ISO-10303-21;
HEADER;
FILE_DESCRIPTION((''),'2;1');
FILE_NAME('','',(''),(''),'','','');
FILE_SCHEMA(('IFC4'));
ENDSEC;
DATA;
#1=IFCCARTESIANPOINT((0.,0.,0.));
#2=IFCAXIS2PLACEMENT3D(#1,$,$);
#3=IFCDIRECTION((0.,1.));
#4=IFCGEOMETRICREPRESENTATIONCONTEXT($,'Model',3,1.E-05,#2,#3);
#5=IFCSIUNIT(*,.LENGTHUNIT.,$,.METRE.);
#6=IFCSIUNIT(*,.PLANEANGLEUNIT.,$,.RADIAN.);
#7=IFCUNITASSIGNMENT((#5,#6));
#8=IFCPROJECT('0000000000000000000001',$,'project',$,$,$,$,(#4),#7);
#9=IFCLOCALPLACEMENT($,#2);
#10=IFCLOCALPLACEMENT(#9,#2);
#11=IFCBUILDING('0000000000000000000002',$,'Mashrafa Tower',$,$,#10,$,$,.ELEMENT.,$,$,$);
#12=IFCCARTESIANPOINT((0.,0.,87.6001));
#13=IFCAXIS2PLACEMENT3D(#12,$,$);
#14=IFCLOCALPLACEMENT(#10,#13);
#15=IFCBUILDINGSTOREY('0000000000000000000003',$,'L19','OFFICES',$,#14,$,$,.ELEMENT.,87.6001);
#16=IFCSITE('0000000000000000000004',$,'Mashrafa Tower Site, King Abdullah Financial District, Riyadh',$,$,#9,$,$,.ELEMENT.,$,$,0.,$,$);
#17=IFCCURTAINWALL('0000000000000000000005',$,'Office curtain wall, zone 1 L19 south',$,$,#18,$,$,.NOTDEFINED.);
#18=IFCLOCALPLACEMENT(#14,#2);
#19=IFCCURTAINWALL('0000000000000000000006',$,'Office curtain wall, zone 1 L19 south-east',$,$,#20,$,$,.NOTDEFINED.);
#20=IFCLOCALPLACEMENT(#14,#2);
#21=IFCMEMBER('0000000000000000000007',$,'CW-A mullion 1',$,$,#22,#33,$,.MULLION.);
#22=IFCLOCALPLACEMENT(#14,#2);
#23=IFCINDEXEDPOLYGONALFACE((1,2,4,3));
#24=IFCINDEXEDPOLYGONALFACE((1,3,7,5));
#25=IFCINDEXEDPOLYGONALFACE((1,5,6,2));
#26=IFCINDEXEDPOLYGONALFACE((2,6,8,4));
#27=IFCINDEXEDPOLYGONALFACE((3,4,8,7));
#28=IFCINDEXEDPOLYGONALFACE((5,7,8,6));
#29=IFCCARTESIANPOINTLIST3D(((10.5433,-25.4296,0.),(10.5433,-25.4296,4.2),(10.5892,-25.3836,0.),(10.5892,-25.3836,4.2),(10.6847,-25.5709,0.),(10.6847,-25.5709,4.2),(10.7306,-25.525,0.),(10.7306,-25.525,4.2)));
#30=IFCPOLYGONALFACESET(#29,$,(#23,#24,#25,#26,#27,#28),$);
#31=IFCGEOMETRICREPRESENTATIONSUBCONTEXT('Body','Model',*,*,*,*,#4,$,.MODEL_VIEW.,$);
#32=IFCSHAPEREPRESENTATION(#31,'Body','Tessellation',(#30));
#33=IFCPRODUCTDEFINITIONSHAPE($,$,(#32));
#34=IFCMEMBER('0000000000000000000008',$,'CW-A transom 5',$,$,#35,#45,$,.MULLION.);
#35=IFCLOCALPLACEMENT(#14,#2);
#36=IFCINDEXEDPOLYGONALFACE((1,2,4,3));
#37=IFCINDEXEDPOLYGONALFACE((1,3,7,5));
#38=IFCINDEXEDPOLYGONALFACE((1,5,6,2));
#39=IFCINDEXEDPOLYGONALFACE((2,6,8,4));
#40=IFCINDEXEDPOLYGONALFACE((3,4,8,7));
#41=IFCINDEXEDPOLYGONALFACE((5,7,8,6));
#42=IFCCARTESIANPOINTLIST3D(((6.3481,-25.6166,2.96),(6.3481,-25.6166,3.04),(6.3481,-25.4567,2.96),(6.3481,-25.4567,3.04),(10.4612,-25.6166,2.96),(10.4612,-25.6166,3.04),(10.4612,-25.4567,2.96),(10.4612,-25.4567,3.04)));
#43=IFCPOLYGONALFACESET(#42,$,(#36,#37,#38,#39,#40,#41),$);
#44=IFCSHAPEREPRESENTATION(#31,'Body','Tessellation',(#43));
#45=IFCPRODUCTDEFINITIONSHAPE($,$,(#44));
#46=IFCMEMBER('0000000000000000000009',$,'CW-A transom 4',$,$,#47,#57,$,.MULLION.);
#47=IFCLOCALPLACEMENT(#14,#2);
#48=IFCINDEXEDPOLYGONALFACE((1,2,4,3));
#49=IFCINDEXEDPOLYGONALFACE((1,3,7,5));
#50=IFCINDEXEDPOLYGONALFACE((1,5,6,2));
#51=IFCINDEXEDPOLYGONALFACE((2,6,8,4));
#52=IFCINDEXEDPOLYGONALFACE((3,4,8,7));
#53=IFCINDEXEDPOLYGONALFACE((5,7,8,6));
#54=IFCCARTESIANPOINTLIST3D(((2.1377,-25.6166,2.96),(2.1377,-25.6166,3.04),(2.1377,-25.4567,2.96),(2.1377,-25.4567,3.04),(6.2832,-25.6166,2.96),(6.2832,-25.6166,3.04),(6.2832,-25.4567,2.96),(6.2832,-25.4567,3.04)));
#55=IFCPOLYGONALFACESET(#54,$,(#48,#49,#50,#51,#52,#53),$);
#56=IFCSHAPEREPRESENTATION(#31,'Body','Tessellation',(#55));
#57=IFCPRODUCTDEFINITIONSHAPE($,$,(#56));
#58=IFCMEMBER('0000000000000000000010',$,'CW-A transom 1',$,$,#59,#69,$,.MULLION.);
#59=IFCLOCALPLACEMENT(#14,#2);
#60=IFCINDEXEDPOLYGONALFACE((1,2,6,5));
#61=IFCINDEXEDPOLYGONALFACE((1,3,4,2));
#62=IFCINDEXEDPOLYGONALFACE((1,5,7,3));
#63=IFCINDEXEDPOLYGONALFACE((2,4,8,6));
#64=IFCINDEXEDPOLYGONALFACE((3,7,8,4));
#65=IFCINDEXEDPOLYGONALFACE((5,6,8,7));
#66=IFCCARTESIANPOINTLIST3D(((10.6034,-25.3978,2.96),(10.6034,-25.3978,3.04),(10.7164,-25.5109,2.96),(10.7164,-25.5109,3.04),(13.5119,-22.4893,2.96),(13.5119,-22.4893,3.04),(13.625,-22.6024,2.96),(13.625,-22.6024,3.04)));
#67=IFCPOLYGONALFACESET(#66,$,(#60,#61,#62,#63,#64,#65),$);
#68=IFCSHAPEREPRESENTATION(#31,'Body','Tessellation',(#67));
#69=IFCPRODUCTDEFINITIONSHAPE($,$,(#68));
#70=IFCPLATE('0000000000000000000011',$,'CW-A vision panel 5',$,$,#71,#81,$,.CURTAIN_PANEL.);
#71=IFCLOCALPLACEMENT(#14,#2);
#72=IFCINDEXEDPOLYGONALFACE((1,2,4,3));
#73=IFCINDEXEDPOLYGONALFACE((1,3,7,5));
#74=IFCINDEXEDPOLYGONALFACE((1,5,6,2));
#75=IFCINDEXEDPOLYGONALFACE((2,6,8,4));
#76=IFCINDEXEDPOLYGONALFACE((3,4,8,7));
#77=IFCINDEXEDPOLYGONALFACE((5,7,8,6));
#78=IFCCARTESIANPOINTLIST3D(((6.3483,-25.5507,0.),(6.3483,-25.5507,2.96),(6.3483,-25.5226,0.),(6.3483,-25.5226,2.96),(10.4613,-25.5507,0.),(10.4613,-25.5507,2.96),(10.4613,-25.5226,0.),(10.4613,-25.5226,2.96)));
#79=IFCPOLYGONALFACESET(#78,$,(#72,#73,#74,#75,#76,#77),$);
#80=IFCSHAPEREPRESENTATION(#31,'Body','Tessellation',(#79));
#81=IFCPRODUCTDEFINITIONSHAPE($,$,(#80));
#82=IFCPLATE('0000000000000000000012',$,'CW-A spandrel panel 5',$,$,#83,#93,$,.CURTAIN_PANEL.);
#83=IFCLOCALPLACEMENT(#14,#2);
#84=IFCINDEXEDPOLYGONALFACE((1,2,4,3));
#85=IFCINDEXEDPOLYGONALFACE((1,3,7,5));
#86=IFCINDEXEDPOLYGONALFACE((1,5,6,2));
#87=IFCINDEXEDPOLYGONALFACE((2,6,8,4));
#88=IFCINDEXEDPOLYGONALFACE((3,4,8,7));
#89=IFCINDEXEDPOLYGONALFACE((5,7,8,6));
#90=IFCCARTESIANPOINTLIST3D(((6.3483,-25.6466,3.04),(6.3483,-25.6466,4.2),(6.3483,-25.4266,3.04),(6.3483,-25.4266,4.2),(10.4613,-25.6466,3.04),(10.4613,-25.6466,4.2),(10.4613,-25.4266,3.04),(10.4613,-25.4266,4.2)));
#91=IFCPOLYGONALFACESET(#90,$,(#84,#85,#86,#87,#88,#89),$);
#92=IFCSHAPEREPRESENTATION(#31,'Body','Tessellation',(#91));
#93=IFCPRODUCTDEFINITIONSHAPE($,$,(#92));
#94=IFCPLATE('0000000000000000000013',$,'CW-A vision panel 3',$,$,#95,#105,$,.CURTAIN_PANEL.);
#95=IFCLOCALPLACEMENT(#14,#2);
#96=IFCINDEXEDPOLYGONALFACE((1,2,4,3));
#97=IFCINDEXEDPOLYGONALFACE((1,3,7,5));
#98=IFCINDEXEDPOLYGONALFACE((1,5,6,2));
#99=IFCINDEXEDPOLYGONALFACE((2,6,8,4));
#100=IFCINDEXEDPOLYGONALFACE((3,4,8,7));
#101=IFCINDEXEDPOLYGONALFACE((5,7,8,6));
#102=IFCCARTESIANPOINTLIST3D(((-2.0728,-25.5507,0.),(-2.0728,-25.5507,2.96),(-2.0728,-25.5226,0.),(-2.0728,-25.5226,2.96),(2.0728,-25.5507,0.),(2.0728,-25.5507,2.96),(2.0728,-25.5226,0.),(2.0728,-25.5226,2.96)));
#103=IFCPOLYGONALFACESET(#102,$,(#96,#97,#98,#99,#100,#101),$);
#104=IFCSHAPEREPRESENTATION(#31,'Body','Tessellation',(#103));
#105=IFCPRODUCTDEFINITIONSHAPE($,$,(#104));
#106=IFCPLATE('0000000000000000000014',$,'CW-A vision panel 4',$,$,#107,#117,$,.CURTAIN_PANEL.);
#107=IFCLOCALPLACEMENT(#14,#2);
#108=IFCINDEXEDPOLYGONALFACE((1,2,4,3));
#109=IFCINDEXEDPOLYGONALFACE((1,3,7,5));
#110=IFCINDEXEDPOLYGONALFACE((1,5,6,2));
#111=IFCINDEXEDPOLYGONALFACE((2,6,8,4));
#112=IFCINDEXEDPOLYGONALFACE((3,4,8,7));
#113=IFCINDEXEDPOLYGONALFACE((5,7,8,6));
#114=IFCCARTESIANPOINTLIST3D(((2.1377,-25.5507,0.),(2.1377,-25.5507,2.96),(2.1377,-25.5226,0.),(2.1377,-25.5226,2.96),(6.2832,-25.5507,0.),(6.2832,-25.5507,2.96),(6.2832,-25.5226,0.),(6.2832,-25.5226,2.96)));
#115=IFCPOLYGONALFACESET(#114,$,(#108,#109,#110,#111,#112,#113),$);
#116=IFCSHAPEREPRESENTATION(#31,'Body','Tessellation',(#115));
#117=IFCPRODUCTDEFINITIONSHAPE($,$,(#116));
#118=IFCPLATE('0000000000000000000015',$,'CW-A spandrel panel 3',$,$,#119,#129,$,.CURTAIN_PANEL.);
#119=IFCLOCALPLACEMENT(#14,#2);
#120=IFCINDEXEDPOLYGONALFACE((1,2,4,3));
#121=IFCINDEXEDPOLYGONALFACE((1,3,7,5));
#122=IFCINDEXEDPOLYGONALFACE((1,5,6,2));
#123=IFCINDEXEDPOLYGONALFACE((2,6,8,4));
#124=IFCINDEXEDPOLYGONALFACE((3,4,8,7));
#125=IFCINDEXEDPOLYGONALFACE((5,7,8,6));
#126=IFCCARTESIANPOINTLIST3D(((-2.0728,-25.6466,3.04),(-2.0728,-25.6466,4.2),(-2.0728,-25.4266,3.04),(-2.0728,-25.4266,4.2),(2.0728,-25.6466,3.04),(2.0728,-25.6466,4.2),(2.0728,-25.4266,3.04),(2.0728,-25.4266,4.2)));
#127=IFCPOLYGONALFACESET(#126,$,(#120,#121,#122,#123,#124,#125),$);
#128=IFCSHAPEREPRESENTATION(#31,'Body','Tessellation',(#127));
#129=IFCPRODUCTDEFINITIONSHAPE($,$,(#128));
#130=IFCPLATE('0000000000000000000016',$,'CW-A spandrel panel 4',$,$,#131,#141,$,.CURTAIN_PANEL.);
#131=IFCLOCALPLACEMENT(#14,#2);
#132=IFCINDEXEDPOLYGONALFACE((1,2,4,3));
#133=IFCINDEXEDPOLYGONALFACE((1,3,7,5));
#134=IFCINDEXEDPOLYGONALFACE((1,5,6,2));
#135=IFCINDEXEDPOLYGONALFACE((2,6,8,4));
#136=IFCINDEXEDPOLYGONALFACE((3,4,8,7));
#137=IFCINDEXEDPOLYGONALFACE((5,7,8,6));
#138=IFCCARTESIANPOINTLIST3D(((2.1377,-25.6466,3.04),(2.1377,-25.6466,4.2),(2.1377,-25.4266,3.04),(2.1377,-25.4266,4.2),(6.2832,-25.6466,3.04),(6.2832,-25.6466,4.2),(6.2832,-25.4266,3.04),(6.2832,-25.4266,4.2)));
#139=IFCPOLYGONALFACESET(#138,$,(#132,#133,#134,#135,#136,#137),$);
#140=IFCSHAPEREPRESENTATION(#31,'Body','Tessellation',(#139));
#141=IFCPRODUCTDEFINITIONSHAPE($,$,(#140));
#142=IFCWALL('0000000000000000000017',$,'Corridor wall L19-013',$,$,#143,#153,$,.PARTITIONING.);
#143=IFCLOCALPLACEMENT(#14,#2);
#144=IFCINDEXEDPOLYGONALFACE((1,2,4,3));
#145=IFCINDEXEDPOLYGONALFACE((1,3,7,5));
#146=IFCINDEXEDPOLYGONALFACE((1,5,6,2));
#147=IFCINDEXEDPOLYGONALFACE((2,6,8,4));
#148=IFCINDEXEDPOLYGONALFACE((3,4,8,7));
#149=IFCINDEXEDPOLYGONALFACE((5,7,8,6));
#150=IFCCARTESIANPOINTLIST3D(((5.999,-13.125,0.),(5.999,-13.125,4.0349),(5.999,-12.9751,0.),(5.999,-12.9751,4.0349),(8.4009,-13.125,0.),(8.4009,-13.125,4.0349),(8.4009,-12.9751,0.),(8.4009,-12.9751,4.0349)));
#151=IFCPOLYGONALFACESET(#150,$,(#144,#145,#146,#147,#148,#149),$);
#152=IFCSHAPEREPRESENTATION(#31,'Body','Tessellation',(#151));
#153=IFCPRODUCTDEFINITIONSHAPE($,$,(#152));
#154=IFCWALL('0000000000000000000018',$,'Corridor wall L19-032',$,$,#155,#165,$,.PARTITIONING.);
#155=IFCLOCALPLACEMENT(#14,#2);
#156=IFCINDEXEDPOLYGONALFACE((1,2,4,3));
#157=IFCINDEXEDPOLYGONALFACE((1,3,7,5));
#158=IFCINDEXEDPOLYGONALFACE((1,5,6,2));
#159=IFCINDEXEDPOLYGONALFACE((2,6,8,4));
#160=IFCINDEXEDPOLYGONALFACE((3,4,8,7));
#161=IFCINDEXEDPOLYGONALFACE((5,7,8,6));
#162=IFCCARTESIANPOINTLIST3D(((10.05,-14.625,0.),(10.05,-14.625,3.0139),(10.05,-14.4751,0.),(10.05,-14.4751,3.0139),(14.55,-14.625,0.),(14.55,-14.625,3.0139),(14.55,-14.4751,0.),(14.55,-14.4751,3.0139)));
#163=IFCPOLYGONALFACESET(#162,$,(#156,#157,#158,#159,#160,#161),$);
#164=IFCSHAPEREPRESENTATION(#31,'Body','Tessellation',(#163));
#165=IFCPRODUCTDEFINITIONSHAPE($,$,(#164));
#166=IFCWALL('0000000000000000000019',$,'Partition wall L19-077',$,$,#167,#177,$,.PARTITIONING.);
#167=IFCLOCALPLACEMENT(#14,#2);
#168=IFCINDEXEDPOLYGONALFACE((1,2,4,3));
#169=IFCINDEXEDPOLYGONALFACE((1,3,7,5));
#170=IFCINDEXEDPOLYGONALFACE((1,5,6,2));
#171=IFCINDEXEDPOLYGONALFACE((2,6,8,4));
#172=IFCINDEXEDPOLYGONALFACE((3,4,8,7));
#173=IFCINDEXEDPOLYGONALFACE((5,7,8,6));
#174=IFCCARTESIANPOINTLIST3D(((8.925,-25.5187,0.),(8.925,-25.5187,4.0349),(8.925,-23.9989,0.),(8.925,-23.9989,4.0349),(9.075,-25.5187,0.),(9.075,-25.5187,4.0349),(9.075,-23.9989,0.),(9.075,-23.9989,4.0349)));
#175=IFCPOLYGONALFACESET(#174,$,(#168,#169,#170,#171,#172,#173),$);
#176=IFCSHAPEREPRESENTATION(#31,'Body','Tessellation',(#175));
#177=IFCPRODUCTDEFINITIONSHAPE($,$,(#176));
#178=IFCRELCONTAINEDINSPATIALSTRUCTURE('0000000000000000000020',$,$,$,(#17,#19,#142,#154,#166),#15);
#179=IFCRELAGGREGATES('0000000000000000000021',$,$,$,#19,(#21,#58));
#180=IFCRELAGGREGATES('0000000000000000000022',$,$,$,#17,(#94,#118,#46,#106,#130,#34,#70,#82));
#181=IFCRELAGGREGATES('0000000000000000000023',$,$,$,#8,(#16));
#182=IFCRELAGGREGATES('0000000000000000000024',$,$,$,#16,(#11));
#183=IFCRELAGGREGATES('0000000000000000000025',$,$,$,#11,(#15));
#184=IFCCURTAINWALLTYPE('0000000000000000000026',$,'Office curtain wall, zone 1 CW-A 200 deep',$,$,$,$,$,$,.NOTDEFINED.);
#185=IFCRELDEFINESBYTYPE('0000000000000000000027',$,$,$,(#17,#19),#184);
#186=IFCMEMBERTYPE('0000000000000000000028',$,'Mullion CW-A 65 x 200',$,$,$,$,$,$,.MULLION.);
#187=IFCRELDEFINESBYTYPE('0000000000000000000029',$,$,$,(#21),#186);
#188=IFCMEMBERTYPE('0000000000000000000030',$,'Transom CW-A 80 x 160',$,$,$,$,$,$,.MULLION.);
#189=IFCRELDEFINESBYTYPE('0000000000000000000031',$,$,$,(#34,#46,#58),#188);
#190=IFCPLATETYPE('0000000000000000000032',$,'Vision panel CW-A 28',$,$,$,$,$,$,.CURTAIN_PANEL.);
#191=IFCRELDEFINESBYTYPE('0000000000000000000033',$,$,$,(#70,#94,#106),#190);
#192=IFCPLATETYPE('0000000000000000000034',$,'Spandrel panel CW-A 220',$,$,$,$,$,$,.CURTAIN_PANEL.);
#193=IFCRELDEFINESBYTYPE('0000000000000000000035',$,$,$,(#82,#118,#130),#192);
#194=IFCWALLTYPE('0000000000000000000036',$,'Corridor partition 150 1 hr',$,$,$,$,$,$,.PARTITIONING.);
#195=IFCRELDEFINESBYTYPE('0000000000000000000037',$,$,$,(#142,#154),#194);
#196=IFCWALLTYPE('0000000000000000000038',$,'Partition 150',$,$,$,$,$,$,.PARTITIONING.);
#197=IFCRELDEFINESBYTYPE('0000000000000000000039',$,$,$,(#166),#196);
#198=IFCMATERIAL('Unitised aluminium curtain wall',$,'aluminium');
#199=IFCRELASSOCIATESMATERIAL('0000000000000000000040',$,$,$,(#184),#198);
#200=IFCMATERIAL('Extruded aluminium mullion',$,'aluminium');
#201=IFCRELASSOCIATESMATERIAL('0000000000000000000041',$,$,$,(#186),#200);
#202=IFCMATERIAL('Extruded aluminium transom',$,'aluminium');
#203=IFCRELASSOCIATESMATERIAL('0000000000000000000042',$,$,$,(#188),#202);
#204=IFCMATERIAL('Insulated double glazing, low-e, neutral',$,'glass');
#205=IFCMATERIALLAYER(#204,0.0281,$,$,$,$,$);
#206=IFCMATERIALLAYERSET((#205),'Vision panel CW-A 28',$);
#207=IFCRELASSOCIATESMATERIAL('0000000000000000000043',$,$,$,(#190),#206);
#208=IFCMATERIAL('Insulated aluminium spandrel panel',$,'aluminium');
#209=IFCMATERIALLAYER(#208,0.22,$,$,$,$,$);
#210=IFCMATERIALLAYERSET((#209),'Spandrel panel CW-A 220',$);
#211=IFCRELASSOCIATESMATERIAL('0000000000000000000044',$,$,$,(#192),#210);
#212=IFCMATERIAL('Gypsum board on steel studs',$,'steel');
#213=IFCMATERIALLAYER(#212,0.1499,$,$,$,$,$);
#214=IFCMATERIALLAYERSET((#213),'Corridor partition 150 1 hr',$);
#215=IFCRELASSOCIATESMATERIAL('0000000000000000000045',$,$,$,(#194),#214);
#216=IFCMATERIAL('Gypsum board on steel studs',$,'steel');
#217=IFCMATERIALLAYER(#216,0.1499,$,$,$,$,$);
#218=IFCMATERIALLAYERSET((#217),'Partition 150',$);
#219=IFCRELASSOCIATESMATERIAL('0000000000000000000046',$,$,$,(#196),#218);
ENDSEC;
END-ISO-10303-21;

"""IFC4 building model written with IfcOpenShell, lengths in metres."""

from ifc_helpers import new_model, si_unit, direction, frame, frame_2d, origin, origin_2d, place, context, subcontext, project, spatial, rectangle, extrude, source, transform, mapped, material, layer, layer_set, material_profile, profile_set, type_object, type_shapes, element, aggregate, save


model = new_model("IFC4")

# Units and contexts
model_context = context("Model", 3, precision=1e-05, world=origin(), true_north=direction((0.0, 1.0)))
body_context = subcontext(model_context, "Body", "Model", "MODEL_VIEW")
ifc_project = project(units=[si_unit("LENGTHUNIT", "METRE"), si_unit("PLANEANGLEUNIT", "RADIAN")], contexts=[model_context])

# Site, building, storey
site_placement = place(None, origin())
site = spatial("IfcSite", under=ifc_project, at=site_placement, Name="Mashrafa Tower Site, King Abdullah Financial District, Riyadh", CompositionType="ELEMENT", RefElevation=0.0)
building_placement = place(site_placement, origin())
building = spatial("IfcBuilding", under=site, at=building_placement, Name="Mashrafa Tower", CompositionType="ELEMENT")
storey_placement = place(building_placement, frame((0.0, 0.0, 87.6001)))
storey = spatial("IfcBuildingStorey", under=building, at=storey_placement, Name="L19", Description="OFFICES", CompositionType="ELEMENT", Elevation=87.6001)

# Curtain wall
ifc_material_1 = material(Name="Unitised aluminium curtain wall", Category="aluminium")
curtain_wall_type = type_object("IfcCurtainWallType", Name="Office curtain wall, zone 1 CW-A 200 deep", PredefinedType="NOTDEFINED", material=ifc_material_1)
curtain_wall_1_placement = place(storey_placement, origin())
curtain_wall_1 = element("IfcCurtainWall", 1, at=curtain_wall_1_placement, inside=storey, type_object=curtain_wall_type, Name="Office curtain wall, zone 1 L19 south", PredefinedType="NOTDEFINED")
ifc_material_2 = material(Name="Extruded aluminium mullion", Category="aluminium")
ifc_material_profile_1 = material_profile(ifc_material_2, rectangle(XDim=0.2, YDim=0.0649, at=origin_2d()), Name="Mullion 65x200")
ifc_profile_set_1 = profile_set([ifc_material_profile_1], Name="Extruded aluminium mullion")
member_type_1 = type_object("IfcMemberType", Name="Mullion CW-A 65 x 200", PredefinedType="MULLION", material=ifc_profile_set_1)
shared_shape_1 = source(origin(), body_context, "Body", "SweptSolid", [
    extrude(rectangle(XDim=0.2, YDim=0.0649, at=origin_2d()), origin(), (0.0, 0.0, 1.0), 4.2),
])
type_shapes(member_type_1, [shared_shape_1])

# Curtain wall, member
curtain_wall_2_placement = place(storey_placement, origin())
curtain_wall_2 = element("IfcCurtainWall", 2, at=curtain_wall_2_placement, inside=storey, type_object=curtain_wall_type, Name="Office curtain wall, zone 1 L19 south-east", PredefinedType="NOTDEFINED")
member_1_placement = place(storey_placement, frame((10.637, -25.4773, 0.0), z_axis=(0.0, 0.0, 1.0), x_axis=(-0.707107, 0.707107, 0.0)))
member_1 = element("IfcMember", 3, at=member_1_placement, type_object=member_type_1, Name="CW-A mullion 1", PredefinedType="MULLION", context=body_context, shape_type="MappedRepresentation", body=[
    mapped(shared_shape_1, transform((0.0, 0.0, 0.0))),
])

# Members
ifc_material_3 = material(Name="Extruded aluminium transom", Category="aluminium")
ifc_material_profile_2 = material_profile(ifc_material_3, rectangle(XDim=0.1599, YDim=0.0801, at=origin_2d()), Name="Transom 80x160")
ifc_profile_set_2 = profile_set([ifc_material_profile_2], Name="Extruded aluminium transom")
member_type_2 = type_object("IfcMemberType", Name="Transom CW-A 80 x 160", PredefinedType="MULLION", material=ifc_profile_set_2)
shared_shape_2 = source(origin(), body_context, "Body", "SweptSolid", [
    extrude(rectangle(XDim=0.1599, YDim=0.0801, at=origin_2d()), origin(), (0.0, 0.0, 1.0), 4.113),
])
member_2_placement = place(storey_placement, frame((6.3481, -25.5366, 3.0), z_axis=(1.0, 0.0, 0.0), x_axis=(0.0, 1.0, 0.0)))
member_2 = element("IfcMember", 4, at=member_2_placement, type_object=member_type_2, Name="CW-A transom 5", PredefinedType="MULLION", context=body_context, shape_type="MappedRepresentation", body=[
    mapped(shared_shape_2, transform((0.0, 0.0, 0.0))),
])
shared_shape_3 = source(origin(), body_context, "Body", "SweptSolid", [
    extrude(rectangle(XDim=0.1599, YDim=0.0801, at=origin_2d()), origin(), (0.0, 0.0, 1.0), 4.1455),
])
member_3_placement = place(storey_placement, frame((2.1377, -25.5366, 3.0), z_axis=(1.0, 0.0, 0.0), x_axis=(0.0, 1.0, 0.0)))
member_3 = element("IfcMember", 5, at=member_3_placement, type_object=member_type_2, Name="CW-A transom 4", PredefinedType="MULLION", context=body_context, shape_type="MappedRepresentation", body=[
    mapped(shared_shape_3, transform((0.0, 0.0, 0.0))),
])
shared_shape_4 = source(origin(), body_context, "Body", "SweptSolid", [
    extrude(rectangle(XDim=0.1599, YDim=0.0801, at=origin_2d()), origin(), (0.0, 0.0, 1.0), 4.1133),
])
type_shapes(member_type_2, [shared_shape_2, shared_shape_3, shared_shape_4])
member_4_placement = place(storey_placement, frame((10.6599, -25.4543, 3.0), z_axis=(0.707107, 0.707107, 0.0), x_axis=(-0.707107, 0.707107, 0.0)))
member_4 = element("IfcMember", 6, at=member_4_placement, type_object=member_type_2, Name="CW-A transom 1", PredefinedType="MULLION", context=body_context, shape_type="MappedRepresentation", body=[
    mapped(shared_shape_4, transform((0.0, 0.0, 0.0))),
])
aggregate(curtain_wall_2, [member_1, member_4])

# Plates
ifc_material_4 = material(Name="Insulated double glazing, low-e, neutral", Category="glass")
ifc_layer_1 = layer(ifc_material_4, 0.0281)
ifc_layer_set_1 = layer_set([ifc_layer_1], Name="Vision panel CW-A 28")
plate_type_1 = type_object("IfcPlateType", Name="Vision panel CW-A 28", PredefinedType="CURTAIN_PANEL", material=ifc_layer_set_1)
shared_shape_5 = source(origin(), body_context, "Body", "SweptSolid", [
    extrude(rectangle(XDim=4.113, YDim=0.0281, at=origin_2d()), origin(), (0.0, 0.0, 1.0), 2.96),
])
plate_1_placement = place(storey_placement, frame((8.4048, -25.5366, 0.0), z_axis=(0.0, 0.0, 1.0), x_axis=(1.0, 0.0, 0.0)))
plate_1 = element("IfcPlate", 7, at=plate_1_placement, type_object=plate_type_1, Name="CW-A vision panel 5", PredefinedType="CURTAIN_PANEL", context=body_context, shape_type="MappedRepresentation", body=[
    mapped(shared_shape_5, transform((0.0, 0.0, 0.0))),
])
ifc_material_5 = material(Name="Insulated aluminium spandrel panel", Category="aluminium")
ifc_layer_2 = layer(ifc_material_5, 0.22)
ifc_layer_set_2 = layer_set([ifc_layer_2], Name="Spandrel panel CW-A 220")
plate_type_2 = type_object("IfcPlateType", Name="Spandrel panel CW-A 220", PredefinedType="CURTAIN_PANEL", material=ifc_layer_set_2)
shared_shape_6 = source(origin(), body_context, "Body", "SweptSolid", [
    extrude(rectangle(XDim=4.113, YDim=0.22, at=origin_2d()), origin(), (0.0, 0.0, 1.0), 1.1599),
])
plate_2_placement = place(storey_placement, frame((8.4048, -25.5366, 3.04), z_axis=(0.0, 0.0, 1.0), x_axis=(1.0, 0.0, 0.0)))
plate_2 = element("IfcPlate", 8, at=plate_2_placement, type_object=plate_type_2, Name="CW-A spandrel panel 5", PredefinedType="CURTAIN_PANEL", context=body_context, shape_type="MappedRepresentation", body=[
    mapped(shared_shape_6, transform((0.0, 0.0, 0.0))),
])
shared_shape_7 = source(origin(), body_context, "Body", "SweptSolid", [
    extrude(rectangle(XDim=4.1455, YDim=0.0281, at=origin_2d()), origin(), (0.0, 0.0, 1.0), 2.96),
])
type_shapes(plate_type_1, [shared_shape_5, shared_shape_7])
plate_3_placement = place(storey_placement, frame((0.0, -25.5366, 0.0), z_axis=(0.0, 0.0, 1.0), x_axis=(1.0, 0.0, 0.0)))
plate_3 = element("IfcPlate", 9, at=plate_3_placement, type_object=plate_type_1, Name="CW-A vision panel 3", PredefinedType="CURTAIN_PANEL", context=body_context, shape_type="MappedRepresentation", body=[
    mapped(shared_shape_7, transform((0.0, 0.0, 0.0))),
])
plate_4_placement = place(storey_placement, frame((4.2104, -25.5366, 0.0), z_axis=(0.0, 0.0, 1.0), x_axis=(1.0, 0.0, 0.0)))
plate_4 = element("IfcPlate", 10, at=plate_4_placement, type_object=plate_type_1, Name="CW-A vision panel 4", PredefinedType="CURTAIN_PANEL", context=body_context, shape_type="MappedRepresentation", body=[
    mapped(shared_shape_7, transform((0.0, 0.0, 0.0))),
])
shared_shape_8 = source(origin(), body_context, "Body", "SweptSolid", [
    extrude(rectangle(XDim=4.1455, YDim=0.22, at=origin_2d()), origin(), (0.0, 0.0, 1.0), 1.1599),
])
type_shapes(plate_type_2, [shared_shape_6, shared_shape_8])
plate_5_placement = place(storey_placement, frame((0.0, -25.5366, 3.04), z_axis=(0.0, 0.0, 1.0), x_axis=(1.0, 0.0, 0.0)))
plate_5 = element("IfcPlate", 11, at=plate_5_placement, type_object=plate_type_2, Name="CW-A spandrel panel 3", PredefinedType="CURTAIN_PANEL", context=body_context, shape_type="MappedRepresentation", body=[
    mapped(shared_shape_8, transform((0.0, 0.0, 0.0))),
])
plate_6_placement = place(storey_placement, frame((4.2104, -25.5366, 3.04), z_axis=(0.0, 0.0, 1.0), x_axis=(1.0, 0.0, 0.0)))
plate_6 = element("IfcPlate", 12, at=plate_6_placement, type_object=plate_type_2, Name="CW-A spandrel panel 4", PredefinedType="CURTAIN_PANEL", context=body_context, shape_type="MappedRepresentation", body=[
    mapped(shared_shape_8, transform((0.0, 0.0, 0.0))),
])
aggregate(curtain_wall_1, [plate_3, plate_5, member_3, plate_4, plate_6, member_2, plate_1, plate_2])

# Walls
ifc_material_6 = material(Name="Gypsum board on steel studs", Category="steel")
ifc_layer_3 = layer(ifc_material_6, 0.1499)
ifc_layer_set_3 = layer_set([ifc_layer_3], Name="Corridor partition 150 1 hr")
wall_type_1 = type_object("IfcWallType", Name="Corridor partition 150 1 hr", PredefinedType="PARTITIONING", material=ifc_layer_set_3)
wall_1_placement = place(storey_placement, frame((5.999, -13.05, 0.0), z_axis=(0.0, 0.0, 1.0), x_axis=(1.0, 0.0, 0.0)))
element("IfcWall", 13, at=wall_1_placement, inside=storey, type_object=wall_type_1, Name="Corridor wall L19-013", PredefinedType="PARTITIONING", context=body_context, shape_type="SweptSolid", body=[
    extrude(rectangle(XDim=2.4019, YDim=0.1499, at=frame_2d((1.2009, 0.0))), origin(), (0.0, 0.0, 1.0), 4.0349),
])
wall_2_placement = place(storey_placement, frame((10.05, -14.55, 0.0), z_axis=(0.0, 0.0, 1.0), x_axis=(1.0, 0.0, 0.0)))
element("IfcWall", 14, at=wall_2_placement, inside=storey, type_object=wall_type_1, Name="Corridor wall L19-032", PredefinedType="PARTITIONING", context=body_context, shape_type="SweptSolid", body=[
    extrude(rectangle(XDim=4.5, YDim=0.1499, at=frame_2d((2.25, 0.0))), origin(), (0.0, 0.0, 1.0), 3.0139),
])
ifc_material_7 = material(Name="Gypsum board on steel studs", Category="steel")
ifc_layer_4 = layer(ifc_material_7, 0.1499)
ifc_layer_set_4 = layer_set([ifc_layer_4], Name="Partition 150")
wall_type_2 = type_object("IfcWallType", Name="Partition 150", PredefinedType="PARTITIONING", material=ifc_layer_set_4)
wall_3_placement = place(storey_placement, frame((9.0, -25.5186, 0.0), z_axis=(0.0, 0.0, 1.0), x_axis=(0.0, 1.0, 0.0)))
element("IfcWall", 15, at=wall_3_placement, inside=storey, type_object=wall_type_2, Name="Partition wall L19-077", PredefinedType="PARTITIONING", context=body_context, shape_type="SweptSolid", body=[
    extrude(rectangle(XDim=1.5198, YDim=0.1499, at=frame_2d((0.7598, 0.0))), origin(), (0.0, 0.0, 1.0), 4.0349),
])

save(model, "model.ifc")
